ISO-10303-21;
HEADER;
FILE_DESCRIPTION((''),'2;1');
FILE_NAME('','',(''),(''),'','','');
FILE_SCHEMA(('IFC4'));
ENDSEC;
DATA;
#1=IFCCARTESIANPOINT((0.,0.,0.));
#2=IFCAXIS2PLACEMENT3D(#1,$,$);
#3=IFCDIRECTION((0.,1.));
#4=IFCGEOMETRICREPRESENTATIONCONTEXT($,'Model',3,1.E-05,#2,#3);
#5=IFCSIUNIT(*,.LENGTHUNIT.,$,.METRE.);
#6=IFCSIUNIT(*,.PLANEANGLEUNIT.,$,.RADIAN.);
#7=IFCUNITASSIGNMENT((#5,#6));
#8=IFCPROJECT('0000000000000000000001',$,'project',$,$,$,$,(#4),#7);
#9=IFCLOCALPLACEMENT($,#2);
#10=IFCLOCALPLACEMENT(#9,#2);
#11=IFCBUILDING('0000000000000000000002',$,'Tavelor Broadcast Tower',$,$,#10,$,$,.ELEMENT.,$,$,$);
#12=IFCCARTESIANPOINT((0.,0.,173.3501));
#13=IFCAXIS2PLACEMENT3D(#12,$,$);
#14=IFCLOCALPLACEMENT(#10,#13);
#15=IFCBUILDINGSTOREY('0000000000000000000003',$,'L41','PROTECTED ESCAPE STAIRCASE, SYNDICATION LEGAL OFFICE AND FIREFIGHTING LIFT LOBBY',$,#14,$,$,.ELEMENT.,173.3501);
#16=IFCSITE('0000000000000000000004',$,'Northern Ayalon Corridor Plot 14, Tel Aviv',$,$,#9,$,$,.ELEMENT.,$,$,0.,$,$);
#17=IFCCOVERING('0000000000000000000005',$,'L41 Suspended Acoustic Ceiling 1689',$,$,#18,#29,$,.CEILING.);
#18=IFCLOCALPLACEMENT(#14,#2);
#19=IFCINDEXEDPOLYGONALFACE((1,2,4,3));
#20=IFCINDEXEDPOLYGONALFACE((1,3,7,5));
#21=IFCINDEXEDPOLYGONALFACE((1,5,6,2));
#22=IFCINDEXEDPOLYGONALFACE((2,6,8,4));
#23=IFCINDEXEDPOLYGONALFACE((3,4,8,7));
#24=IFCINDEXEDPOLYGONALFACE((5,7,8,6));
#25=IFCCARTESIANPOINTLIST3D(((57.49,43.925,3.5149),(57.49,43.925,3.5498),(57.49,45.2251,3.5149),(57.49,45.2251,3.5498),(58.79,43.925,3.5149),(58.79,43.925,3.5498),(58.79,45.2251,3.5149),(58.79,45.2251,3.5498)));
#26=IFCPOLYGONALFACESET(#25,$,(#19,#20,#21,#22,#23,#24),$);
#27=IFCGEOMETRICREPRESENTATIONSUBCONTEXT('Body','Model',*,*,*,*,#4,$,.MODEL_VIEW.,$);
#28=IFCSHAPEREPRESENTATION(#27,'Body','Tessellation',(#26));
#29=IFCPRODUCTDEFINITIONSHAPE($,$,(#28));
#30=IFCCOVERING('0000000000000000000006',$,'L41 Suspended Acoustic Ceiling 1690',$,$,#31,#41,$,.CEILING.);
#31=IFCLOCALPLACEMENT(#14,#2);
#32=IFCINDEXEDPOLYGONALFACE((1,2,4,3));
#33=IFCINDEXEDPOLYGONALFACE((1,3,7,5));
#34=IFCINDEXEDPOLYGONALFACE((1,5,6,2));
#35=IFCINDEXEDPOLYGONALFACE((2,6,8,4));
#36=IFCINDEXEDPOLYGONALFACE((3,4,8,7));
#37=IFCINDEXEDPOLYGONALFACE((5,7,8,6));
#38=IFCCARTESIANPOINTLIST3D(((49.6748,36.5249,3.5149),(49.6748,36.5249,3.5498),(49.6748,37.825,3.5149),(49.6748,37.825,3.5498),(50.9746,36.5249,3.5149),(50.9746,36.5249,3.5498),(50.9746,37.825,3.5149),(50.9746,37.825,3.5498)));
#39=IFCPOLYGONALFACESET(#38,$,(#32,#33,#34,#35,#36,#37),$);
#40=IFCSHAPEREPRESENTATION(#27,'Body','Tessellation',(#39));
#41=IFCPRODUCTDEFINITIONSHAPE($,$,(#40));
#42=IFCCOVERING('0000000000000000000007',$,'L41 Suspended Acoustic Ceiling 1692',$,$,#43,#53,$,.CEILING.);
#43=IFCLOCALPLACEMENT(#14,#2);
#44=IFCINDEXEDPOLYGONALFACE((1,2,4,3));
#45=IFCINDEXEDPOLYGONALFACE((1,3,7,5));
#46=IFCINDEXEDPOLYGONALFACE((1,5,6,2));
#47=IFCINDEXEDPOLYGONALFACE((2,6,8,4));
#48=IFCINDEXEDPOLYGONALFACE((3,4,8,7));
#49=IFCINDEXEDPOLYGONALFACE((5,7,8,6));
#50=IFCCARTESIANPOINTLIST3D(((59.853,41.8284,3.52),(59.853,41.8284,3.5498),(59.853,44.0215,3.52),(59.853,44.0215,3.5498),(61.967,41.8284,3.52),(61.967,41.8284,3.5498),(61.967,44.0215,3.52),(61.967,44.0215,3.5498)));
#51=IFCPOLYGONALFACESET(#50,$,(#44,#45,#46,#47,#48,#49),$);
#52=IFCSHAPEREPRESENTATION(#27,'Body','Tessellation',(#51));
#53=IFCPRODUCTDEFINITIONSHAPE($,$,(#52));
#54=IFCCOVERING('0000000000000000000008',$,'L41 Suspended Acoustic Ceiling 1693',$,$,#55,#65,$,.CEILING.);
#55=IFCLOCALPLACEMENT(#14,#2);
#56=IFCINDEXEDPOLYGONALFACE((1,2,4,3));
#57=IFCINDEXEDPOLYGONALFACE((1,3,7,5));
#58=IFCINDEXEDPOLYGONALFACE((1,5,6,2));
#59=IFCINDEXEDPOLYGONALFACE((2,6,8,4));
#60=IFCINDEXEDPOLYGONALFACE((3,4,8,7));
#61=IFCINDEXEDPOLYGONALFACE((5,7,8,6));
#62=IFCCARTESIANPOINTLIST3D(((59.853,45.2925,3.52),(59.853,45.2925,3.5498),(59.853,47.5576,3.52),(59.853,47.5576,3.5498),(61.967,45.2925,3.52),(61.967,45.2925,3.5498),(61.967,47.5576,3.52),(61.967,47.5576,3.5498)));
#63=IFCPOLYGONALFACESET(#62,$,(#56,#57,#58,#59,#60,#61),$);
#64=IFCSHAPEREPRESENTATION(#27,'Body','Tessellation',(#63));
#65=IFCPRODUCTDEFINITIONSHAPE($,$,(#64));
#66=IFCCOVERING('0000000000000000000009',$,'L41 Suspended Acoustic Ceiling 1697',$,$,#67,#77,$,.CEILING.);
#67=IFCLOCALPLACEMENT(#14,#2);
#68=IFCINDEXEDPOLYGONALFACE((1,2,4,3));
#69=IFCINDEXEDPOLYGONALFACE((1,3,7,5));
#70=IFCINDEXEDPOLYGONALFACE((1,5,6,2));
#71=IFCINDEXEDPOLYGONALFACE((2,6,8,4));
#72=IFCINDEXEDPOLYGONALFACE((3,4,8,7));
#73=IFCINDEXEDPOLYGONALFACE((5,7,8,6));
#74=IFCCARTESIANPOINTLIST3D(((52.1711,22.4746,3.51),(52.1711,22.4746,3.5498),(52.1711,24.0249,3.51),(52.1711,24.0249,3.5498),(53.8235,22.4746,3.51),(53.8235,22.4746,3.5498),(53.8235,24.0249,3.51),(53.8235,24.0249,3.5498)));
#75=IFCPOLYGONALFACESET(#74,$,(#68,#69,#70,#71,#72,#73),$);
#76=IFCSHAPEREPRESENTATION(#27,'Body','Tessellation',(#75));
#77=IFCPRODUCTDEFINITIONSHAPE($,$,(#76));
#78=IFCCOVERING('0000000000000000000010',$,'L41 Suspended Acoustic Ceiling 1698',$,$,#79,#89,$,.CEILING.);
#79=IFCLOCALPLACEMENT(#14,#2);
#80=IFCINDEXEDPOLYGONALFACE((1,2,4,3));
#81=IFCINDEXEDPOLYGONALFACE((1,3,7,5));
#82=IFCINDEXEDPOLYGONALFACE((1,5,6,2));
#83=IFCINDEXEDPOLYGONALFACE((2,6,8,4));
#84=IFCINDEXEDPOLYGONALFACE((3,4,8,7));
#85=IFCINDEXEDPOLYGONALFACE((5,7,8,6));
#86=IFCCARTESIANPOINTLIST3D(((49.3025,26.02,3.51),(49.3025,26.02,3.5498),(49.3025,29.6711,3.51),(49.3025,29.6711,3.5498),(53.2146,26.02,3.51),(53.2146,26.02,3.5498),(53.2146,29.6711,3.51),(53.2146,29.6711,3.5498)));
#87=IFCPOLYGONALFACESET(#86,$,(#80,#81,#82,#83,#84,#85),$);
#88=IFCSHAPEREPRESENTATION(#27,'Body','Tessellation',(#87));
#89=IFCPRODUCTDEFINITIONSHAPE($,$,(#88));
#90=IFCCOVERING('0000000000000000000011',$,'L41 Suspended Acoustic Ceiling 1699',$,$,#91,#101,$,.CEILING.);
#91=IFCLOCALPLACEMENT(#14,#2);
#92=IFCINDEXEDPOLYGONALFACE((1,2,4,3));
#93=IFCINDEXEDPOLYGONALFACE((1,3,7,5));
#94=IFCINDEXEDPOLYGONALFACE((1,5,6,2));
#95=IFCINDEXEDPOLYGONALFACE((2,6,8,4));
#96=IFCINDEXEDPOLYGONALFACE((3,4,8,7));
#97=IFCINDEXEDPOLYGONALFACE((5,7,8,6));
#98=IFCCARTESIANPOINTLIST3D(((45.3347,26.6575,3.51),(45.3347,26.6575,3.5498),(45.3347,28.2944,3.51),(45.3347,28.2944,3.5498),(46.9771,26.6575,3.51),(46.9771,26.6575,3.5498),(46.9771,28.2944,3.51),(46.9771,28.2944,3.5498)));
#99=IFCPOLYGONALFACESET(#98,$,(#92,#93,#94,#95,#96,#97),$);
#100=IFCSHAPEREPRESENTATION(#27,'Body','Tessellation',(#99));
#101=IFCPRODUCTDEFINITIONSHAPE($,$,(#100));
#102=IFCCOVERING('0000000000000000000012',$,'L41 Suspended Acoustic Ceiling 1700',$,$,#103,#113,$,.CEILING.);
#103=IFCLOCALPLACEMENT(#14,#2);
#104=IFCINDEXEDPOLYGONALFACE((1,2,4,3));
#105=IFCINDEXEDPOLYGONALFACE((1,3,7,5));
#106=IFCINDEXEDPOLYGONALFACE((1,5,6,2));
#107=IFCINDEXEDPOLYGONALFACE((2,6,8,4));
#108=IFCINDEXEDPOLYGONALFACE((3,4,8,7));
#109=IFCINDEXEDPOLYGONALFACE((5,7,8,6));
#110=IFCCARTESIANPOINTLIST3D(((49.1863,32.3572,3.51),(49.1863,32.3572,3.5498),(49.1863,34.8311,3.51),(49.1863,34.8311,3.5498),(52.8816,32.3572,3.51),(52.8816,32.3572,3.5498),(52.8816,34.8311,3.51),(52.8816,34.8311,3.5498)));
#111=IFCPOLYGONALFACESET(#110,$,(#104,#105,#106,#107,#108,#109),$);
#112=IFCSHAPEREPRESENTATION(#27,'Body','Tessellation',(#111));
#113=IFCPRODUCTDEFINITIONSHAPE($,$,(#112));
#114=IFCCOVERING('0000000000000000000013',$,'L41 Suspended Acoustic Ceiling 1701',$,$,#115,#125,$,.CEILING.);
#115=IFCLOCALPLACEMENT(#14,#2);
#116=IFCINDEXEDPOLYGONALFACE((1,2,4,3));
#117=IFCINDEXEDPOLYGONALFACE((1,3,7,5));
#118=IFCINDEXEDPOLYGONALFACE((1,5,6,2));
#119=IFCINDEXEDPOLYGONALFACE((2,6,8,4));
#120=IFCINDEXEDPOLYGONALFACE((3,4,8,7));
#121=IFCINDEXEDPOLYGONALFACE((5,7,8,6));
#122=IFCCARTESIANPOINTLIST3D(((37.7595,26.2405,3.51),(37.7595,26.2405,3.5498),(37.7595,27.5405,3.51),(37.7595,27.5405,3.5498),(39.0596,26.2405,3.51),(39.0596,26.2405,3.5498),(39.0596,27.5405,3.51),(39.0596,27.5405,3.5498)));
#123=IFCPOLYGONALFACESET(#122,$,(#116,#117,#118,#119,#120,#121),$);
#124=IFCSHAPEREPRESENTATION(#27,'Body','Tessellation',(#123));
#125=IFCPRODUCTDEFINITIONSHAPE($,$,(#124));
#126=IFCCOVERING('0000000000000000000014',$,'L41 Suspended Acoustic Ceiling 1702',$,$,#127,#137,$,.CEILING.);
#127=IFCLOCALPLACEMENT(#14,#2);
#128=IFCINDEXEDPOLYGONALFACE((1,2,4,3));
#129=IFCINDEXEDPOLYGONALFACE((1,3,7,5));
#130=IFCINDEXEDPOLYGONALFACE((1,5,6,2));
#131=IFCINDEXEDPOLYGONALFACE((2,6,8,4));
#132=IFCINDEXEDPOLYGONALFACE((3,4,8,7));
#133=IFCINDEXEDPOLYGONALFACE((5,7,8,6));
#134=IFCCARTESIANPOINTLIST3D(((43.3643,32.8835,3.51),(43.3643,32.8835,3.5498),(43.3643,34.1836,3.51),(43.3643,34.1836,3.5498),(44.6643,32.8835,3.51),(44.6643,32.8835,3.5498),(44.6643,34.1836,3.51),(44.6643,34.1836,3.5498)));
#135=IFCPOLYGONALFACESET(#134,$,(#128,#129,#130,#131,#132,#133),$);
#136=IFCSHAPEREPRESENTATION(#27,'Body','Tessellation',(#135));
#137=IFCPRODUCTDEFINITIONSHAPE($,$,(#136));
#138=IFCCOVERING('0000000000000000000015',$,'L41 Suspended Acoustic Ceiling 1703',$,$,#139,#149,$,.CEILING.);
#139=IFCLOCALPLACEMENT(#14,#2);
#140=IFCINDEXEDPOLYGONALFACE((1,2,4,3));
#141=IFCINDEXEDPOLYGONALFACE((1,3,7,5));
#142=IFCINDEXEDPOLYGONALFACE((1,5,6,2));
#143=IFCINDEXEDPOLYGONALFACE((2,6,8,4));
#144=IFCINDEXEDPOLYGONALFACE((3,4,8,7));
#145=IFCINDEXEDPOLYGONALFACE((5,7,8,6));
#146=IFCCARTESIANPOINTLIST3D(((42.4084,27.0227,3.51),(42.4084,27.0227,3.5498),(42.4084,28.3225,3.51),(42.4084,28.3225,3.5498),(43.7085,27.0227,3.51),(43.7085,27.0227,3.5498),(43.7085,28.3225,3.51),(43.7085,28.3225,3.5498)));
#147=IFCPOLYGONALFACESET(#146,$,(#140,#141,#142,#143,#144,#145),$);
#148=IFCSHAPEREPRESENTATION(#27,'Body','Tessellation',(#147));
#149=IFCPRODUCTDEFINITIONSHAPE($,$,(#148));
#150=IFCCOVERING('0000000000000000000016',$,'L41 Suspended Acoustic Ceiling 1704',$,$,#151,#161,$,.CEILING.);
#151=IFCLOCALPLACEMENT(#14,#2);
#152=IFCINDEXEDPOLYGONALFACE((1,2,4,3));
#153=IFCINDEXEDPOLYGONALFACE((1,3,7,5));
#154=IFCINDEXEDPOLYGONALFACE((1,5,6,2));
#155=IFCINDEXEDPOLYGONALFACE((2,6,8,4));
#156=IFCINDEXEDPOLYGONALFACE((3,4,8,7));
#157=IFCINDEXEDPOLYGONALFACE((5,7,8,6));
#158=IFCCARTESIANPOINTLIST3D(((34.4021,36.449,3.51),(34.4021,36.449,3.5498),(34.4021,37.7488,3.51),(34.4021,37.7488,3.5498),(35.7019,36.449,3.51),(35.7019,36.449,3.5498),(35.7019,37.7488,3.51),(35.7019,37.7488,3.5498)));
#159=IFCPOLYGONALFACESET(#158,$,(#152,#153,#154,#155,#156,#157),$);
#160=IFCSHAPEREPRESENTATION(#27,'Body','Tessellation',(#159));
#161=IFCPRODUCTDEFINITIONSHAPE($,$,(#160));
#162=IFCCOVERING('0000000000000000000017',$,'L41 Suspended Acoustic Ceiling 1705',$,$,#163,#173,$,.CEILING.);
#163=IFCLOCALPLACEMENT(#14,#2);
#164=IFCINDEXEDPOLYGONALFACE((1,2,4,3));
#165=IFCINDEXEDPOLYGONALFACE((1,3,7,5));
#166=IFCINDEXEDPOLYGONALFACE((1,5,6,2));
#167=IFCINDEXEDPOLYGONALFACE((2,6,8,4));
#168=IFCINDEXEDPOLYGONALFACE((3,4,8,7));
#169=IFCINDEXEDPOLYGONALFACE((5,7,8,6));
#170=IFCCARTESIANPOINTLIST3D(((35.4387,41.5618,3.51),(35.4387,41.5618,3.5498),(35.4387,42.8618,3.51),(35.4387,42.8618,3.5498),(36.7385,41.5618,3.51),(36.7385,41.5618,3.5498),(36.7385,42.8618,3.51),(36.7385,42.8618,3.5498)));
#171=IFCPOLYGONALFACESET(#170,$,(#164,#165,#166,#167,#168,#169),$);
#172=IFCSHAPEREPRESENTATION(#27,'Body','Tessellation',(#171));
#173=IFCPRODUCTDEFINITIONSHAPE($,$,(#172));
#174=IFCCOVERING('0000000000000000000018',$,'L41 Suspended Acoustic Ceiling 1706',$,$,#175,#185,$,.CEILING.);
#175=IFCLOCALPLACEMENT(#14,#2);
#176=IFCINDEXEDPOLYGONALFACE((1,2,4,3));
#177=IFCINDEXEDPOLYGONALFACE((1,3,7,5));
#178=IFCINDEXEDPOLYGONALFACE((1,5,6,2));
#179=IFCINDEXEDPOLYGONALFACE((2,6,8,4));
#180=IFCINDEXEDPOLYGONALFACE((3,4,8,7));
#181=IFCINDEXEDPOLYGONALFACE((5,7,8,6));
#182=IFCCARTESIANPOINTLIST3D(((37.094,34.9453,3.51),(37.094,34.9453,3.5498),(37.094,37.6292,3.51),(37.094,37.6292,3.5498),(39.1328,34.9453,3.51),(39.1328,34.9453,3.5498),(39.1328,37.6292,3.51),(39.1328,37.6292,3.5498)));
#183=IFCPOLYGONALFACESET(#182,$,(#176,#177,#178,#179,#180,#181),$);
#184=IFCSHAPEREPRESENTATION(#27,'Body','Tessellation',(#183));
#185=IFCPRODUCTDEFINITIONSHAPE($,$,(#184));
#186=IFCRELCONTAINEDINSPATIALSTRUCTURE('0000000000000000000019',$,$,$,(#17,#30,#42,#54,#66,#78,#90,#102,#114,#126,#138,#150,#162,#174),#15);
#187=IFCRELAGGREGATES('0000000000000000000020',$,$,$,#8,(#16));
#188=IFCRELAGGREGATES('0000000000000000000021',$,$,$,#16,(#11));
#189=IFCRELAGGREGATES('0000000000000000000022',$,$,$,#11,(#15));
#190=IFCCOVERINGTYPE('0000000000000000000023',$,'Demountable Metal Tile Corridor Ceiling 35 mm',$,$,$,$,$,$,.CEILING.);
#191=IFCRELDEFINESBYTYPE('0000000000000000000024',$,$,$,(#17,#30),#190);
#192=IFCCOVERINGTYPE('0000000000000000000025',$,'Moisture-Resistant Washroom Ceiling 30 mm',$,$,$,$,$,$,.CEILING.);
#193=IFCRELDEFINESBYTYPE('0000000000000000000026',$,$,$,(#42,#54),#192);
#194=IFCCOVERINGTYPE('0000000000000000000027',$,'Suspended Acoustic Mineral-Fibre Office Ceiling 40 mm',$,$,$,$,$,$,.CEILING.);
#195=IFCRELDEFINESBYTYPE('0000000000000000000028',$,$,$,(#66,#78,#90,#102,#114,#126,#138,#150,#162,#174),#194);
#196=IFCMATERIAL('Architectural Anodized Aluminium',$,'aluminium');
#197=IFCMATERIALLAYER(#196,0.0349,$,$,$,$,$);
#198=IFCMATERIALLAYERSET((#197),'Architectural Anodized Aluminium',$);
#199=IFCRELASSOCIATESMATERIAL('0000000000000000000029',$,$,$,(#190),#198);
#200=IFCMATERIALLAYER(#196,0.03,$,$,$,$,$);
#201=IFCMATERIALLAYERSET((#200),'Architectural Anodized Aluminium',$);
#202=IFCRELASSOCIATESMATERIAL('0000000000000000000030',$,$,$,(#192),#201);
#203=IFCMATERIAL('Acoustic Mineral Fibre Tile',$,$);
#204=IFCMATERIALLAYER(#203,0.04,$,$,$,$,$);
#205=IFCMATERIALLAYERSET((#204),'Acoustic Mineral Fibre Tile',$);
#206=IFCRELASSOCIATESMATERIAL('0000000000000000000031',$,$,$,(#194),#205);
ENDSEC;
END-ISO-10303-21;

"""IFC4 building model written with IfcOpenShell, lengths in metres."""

from ifc_helpers import new_model, si_unit, direction, frame, origin, place, context, subcontext, project, spatial, polyline, outline, extrude, material, layer, layer_set, type_object, element, save


model = new_model("IFC4")

# Units and contexts
model_context = context("Model", 3, precision=1e-05, world=origin(), true_north=direction((0.0, 1.0)))
body_context = subcontext(model_context, "Body", "Model", "MODEL_VIEW")
ifc_project = project(units=[si_unit("LENGTHUNIT", "METRE"), si_unit("PLANEANGLEUNIT", "RADIAN")], contexts=[model_context])

# Site, building, storey
site_placement = place(None, origin())
site = spatial("IfcSite", under=ifc_project, at=site_placement, Name="Northern Ayalon Corridor Plot 14, Tel Aviv", CompositionType="ELEMENT", RefElevation=0.0)
building_placement = place(site_placement, origin())
building = spatial("IfcBuilding", under=site, at=building_placement, Name="Tavelor Broadcast Tower", CompositionType="ELEMENT")
storey_placement = place(building_placement, frame((0.0, 0.0, 173.3501)))
storey = spatial("IfcBuildingStorey", under=building, at=storey_placement, Name="L41", Description="PROTECTED ESCAPE STAIRCASE, SYNDICATION LEGAL OFFICE AND FIREFIGHTING LIFT LOBBY", CompositionType="ELEMENT", Elevation=173.3501)

# Coverings
ifc_material_1 = material(Name="Architectural Anodized Aluminium", Category="aluminium")
ifc_layer_1 = layer(ifc_material_1, 0.0349)
ifc_layer_set_1 = layer_set([ifc_layer_1], Name="Architectural Anodized Aluminium")
covering_type_1 = type_object("IfcCoveringType", Name="Demountable Metal Tile Corridor Ceiling 35 mm", PredefinedType="CEILING", material=ifc_layer_set_1)
covering_1_placement = place(storey_placement, frame((0.0, 0.0, 3.5149)))
element("IfcCovering", 1, at=covering_1_placement, inside=storey, type_object=covering_type_1, Name="L41 Suspended Acoustic Ceiling 1689", PredefinedType="CEILING", context=body_context, shape_type="SweptSolid", body=[
    extrude(outline(polyline([(57.49, 43.925), (58.79, 43.925), (58.79, 45.2251), (57.49, 45.2251), (57.49, 43.925)])), origin(), (0.0, 0.0, 1.0), 0.0349),
])
covering_2_placement = place(storey_placement, frame((0.0, 0.0, 3.5149)))
element("IfcCovering", 2, at=covering_2_placement, inside=storey, type_object=covering_type_1, Name="L41 Suspended Acoustic Ceiling 1690", PredefinedType="CEILING", context=body_context, shape_type="SweptSolid", body=[
    extrude(outline(polyline([(49.6748, 36.5249), (50.9746, 36.5249), (50.9746, 37.825), (49.6748, 37.825), (49.6748, 36.5249)])), origin(), (0.0, 0.0, 1.0), 0.0349),
])
ifc_layer_2 = layer(ifc_material_1, 0.03)
ifc_layer_set_2 = layer_set([ifc_layer_2], Name="Architectural Anodized Aluminium")
covering_type_2 = type_object("IfcCoveringType", Name="Moisture-Resistant Washroom Ceiling 30 mm", PredefinedType="CEILING", material=ifc_layer_set_2)
covering_3_placement = place(storey_placement, frame((0.0, 0.0, 3.52)))
element("IfcCovering", 3, at=covering_3_placement, inside=storey, type_object=covering_type_2, Name="L41 Suspended Acoustic Ceiling 1692", PredefinedType="CEILING", context=body_context, shape_type="SweptSolid", body=[
    extrude(outline(polyline([(59.853, 41.8284), (61.967, 41.8284), (61.967, 44.0215), (59.853, 44.0215), (59.853, 41.8284)])), origin(), (0.0, 0.0, 1.0), 0.0298),
])
covering_4_placement = place(storey_placement, frame((0.0, 0.0, 3.52)))
element("IfcCovering", 4, at=covering_4_placement, inside=storey, type_object=covering_type_2, Name="L41 Suspended Acoustic Ceiling 1693", PredefinedType="CEILING", context=body_context, shape_type="SweptSolid", body=[
    extrude(outline(polyline([(59.853, 45.2925), (61.967, 45.2925), (61.967, 47.5576), (59.853, 47.5576), (59.853, 45.2925)])), origin(), (0.0, 0.0, 1.0), 0.0298),
])
ifc_material_2 = material(Name="Acoustic Mineral Fibre Tile")
ifc_layer_3 = layer(ifc_material_2, 0.04)
ifc_layer_set_3 = layer_set([ifc_layer_3], Name="Acoustic Mineral Fibre Tile")
covering_type_3 = type_object("IfcCoveringType", Name="Suspended Acoustic Mineral-Fibre Office Ceiling 40 mm", PredefinedType="CEILING", material=ifc_layer_set_3)
covering_5_placement = place(storey_placement, frame((0.0, 0.0, 3.51)))
element("IfcCovering", 5, at=covering_5_placement, inside=storey, type_object=covering_type_3, Name="L41 Suspended Acoustic Ceiling 1697", PredefinedType="CEILING", context=body_context, shape_type="SweptSolid", body=[
    extrude(outline(polyline([(52.1711, 22.4746), (53.8235, 22.4746), (53.8235, 24.0249), (52.1711, 24.0249), (52.1711, 22.4746)])), origin(), (0.0, 0.0, 1.0), 0.0398),
])
covering_6_placement = place(storey_placement, frame((0.0, 0.0, 3.51)))
element("IfcCovering", 6, at=covering_6_placement, inside=storey, type_object=covering_type_3, Name="L41 Suspended Acoustic Ceiling 1698", PredefinedType="CEILING", context=body_context, shape_type="SweptSolid", body=[
    extrude(outline(polyline([(49.3025, 26.02), (53.2146, 26.02), (53.2146, 29.6711), (49.3025, 29.6711), (49.3025, 26.02)])), origin(), (0.0, 0.0, 1.0), 0.0398),
])
covering_7_placement = place(storey_placement, frame((0.0, 0.0, 3.51)))
element("IfcCovering", 7, at=covering_7_placement, inside=storey, type_object=covering_type_3, Name="L41 Suspended Acoustic Ceiling 1699", PredefinedType="CEILING", context=body_context, shape_type="SweptSolid", body=[
    extrude(outline(polyline([(45.3347, 26.6575), (46.9771, 26.6575), (46.9771, 28.2944), (45.3347, 28.2944), (45.3347, 26.6575)])), origin(), (0.0, 0.0, 1.0), 0.0398),
])
covering_8_placement = place(storey_placement, frame((0.0, 0.0, 3.51)))
element("IfcCovering", 8, at=covering_8_placement, inside=storey, type_object=covering_type_3, Name="L41 Suspended Acoustic Ceiling 1700", PredefinedType="CEILING", context=body_context, shape_type="SweptSolid", body=[
    extrude(outline(polyline([(49.1863, 32.3572), (52.8816, 32.3572), (52.8816, 34.8311), (49.1863, 34.8311), (49.1863, 32.3572)])), origin(), (0.0, 0.0, 1.0), 0.0398),
])
covering_9_placement = place(storey_placement, frame((0.0, 0.0, 3.51)))
element("IfcCovering", 9, at=covering_9_placement, inside=storey, type_object=covering_type_3, Name="L41 Suspended Acoustic Ceiling 1701", PredefinedType="CEILING", context=body_context, shape_type="SweptSolid", body=[
    extrude(outline(polyline([(37.7595, 26.2405), (39.0596, 26.2405), (39.0596, 27.5405), (37.7595, 27.5405), (37.7595, 26.2405)])), origin(), (0.0, 0.0, 1.0), 0.0398),
])
covering_10_placement = place(storey_placement, frame((0.0, 0.0, 3.51)))
element("IfcCovering", 10, at=covering_10_placement, inside=storey, type_object=covering_type_3, Name="L41 Suspended Acoustic Ceiling 1702", PredefinedType="CEILING", context=body_context, shape_type="SweptSolid", body=[
    extrude(outline(polyline([(43.3643, 32.8835), (44.6643, 32.8835), (44.6643, 34.1836), (43.3643, 34.1836), (43.3643, 32.8835)])), origin(), (0.0, 0.0, 1.0), 0.0398),
])
covering_11_placement = place(storey_placement, frame((0.0, 0.0, 3.51)))
element("IfcCovering", 11, at=covering_11_placement, inside=storey, type_object=covering_type_3, Name="L41 Suspended Acoustic Ceiling 1703", PredefinedType="CEILING", context=body_context, shape_type="SweptSolid", body=[
    extrude(outline(polyline([(42.4084, 27.0227), (43.7085, 27.0227), (43.7085, 28.3225), (42.4084, 28.3225), (42.4084, 27.0227)])), origin(), (0.0, 0.0, 1.0), 0.0398),
])
covering_12_placement = place(storey_placement, frame((0.0, 0.0, 3.51)))
element("IfcCovering", 12, at=covering_12_placement, inside=storey, type_object=covering_type_3, Name="L41 Suspended Acoustic Ceiling 1704", PredefinedType="CEILING", context=body_context, shape_type="SweptSolid", body=[
    extrude(outline(polyline([(34.4021, 36.449), (35.7019, 36.449), (35.7019, 37.7488), (34.4021, 37.7488), (34.4021, 36.449)])), origin(), (0.0, 0.0, 1.0), 0.0398),
])
covering_13_placement = place(storey_placement, frame((0.0, 0.0, 3.51)))
element("IfcCovering", 13, at=covering_13_placement, inside=storey, type_object=covering_type_3, Name="L41 Suspended Acoustic Ceiling 1705", PredefinedType="CEILING", context=body_context, shape_type="SweptSolid", body=[
    extrude(outline(polyline([(35.4387, 41.5618), (36.7385, 41.5618), (36.7385, 42.8618), (35.4387, 42.8618), (35.4387, 41.5618)])), origin(), (0.0, 0.0, 1.0), 0.0398),
])
covering_14_placement = place(storey_placement, frame((0.0, 0.0, 3.51)))
element("IfcCovering", 14, at=covering_14_placement, inside=storey, type_object=covering_type_3, Name="L41 Suspended Acoustic Ceiling 1706", PredefinedType="CEILING", context=body_context, shape_type="SweptSolid", body=[
    extrude(outline(polyline([(37.094, 34.9453), (39.1328, 34.9453), (39.1328, 37.6292), (37.094, 37.6292), (37.094, 34.9453)])), origin(), (0.0, 0.0, 1.0), 0.0398),
])

save(model, "model.ifc")
